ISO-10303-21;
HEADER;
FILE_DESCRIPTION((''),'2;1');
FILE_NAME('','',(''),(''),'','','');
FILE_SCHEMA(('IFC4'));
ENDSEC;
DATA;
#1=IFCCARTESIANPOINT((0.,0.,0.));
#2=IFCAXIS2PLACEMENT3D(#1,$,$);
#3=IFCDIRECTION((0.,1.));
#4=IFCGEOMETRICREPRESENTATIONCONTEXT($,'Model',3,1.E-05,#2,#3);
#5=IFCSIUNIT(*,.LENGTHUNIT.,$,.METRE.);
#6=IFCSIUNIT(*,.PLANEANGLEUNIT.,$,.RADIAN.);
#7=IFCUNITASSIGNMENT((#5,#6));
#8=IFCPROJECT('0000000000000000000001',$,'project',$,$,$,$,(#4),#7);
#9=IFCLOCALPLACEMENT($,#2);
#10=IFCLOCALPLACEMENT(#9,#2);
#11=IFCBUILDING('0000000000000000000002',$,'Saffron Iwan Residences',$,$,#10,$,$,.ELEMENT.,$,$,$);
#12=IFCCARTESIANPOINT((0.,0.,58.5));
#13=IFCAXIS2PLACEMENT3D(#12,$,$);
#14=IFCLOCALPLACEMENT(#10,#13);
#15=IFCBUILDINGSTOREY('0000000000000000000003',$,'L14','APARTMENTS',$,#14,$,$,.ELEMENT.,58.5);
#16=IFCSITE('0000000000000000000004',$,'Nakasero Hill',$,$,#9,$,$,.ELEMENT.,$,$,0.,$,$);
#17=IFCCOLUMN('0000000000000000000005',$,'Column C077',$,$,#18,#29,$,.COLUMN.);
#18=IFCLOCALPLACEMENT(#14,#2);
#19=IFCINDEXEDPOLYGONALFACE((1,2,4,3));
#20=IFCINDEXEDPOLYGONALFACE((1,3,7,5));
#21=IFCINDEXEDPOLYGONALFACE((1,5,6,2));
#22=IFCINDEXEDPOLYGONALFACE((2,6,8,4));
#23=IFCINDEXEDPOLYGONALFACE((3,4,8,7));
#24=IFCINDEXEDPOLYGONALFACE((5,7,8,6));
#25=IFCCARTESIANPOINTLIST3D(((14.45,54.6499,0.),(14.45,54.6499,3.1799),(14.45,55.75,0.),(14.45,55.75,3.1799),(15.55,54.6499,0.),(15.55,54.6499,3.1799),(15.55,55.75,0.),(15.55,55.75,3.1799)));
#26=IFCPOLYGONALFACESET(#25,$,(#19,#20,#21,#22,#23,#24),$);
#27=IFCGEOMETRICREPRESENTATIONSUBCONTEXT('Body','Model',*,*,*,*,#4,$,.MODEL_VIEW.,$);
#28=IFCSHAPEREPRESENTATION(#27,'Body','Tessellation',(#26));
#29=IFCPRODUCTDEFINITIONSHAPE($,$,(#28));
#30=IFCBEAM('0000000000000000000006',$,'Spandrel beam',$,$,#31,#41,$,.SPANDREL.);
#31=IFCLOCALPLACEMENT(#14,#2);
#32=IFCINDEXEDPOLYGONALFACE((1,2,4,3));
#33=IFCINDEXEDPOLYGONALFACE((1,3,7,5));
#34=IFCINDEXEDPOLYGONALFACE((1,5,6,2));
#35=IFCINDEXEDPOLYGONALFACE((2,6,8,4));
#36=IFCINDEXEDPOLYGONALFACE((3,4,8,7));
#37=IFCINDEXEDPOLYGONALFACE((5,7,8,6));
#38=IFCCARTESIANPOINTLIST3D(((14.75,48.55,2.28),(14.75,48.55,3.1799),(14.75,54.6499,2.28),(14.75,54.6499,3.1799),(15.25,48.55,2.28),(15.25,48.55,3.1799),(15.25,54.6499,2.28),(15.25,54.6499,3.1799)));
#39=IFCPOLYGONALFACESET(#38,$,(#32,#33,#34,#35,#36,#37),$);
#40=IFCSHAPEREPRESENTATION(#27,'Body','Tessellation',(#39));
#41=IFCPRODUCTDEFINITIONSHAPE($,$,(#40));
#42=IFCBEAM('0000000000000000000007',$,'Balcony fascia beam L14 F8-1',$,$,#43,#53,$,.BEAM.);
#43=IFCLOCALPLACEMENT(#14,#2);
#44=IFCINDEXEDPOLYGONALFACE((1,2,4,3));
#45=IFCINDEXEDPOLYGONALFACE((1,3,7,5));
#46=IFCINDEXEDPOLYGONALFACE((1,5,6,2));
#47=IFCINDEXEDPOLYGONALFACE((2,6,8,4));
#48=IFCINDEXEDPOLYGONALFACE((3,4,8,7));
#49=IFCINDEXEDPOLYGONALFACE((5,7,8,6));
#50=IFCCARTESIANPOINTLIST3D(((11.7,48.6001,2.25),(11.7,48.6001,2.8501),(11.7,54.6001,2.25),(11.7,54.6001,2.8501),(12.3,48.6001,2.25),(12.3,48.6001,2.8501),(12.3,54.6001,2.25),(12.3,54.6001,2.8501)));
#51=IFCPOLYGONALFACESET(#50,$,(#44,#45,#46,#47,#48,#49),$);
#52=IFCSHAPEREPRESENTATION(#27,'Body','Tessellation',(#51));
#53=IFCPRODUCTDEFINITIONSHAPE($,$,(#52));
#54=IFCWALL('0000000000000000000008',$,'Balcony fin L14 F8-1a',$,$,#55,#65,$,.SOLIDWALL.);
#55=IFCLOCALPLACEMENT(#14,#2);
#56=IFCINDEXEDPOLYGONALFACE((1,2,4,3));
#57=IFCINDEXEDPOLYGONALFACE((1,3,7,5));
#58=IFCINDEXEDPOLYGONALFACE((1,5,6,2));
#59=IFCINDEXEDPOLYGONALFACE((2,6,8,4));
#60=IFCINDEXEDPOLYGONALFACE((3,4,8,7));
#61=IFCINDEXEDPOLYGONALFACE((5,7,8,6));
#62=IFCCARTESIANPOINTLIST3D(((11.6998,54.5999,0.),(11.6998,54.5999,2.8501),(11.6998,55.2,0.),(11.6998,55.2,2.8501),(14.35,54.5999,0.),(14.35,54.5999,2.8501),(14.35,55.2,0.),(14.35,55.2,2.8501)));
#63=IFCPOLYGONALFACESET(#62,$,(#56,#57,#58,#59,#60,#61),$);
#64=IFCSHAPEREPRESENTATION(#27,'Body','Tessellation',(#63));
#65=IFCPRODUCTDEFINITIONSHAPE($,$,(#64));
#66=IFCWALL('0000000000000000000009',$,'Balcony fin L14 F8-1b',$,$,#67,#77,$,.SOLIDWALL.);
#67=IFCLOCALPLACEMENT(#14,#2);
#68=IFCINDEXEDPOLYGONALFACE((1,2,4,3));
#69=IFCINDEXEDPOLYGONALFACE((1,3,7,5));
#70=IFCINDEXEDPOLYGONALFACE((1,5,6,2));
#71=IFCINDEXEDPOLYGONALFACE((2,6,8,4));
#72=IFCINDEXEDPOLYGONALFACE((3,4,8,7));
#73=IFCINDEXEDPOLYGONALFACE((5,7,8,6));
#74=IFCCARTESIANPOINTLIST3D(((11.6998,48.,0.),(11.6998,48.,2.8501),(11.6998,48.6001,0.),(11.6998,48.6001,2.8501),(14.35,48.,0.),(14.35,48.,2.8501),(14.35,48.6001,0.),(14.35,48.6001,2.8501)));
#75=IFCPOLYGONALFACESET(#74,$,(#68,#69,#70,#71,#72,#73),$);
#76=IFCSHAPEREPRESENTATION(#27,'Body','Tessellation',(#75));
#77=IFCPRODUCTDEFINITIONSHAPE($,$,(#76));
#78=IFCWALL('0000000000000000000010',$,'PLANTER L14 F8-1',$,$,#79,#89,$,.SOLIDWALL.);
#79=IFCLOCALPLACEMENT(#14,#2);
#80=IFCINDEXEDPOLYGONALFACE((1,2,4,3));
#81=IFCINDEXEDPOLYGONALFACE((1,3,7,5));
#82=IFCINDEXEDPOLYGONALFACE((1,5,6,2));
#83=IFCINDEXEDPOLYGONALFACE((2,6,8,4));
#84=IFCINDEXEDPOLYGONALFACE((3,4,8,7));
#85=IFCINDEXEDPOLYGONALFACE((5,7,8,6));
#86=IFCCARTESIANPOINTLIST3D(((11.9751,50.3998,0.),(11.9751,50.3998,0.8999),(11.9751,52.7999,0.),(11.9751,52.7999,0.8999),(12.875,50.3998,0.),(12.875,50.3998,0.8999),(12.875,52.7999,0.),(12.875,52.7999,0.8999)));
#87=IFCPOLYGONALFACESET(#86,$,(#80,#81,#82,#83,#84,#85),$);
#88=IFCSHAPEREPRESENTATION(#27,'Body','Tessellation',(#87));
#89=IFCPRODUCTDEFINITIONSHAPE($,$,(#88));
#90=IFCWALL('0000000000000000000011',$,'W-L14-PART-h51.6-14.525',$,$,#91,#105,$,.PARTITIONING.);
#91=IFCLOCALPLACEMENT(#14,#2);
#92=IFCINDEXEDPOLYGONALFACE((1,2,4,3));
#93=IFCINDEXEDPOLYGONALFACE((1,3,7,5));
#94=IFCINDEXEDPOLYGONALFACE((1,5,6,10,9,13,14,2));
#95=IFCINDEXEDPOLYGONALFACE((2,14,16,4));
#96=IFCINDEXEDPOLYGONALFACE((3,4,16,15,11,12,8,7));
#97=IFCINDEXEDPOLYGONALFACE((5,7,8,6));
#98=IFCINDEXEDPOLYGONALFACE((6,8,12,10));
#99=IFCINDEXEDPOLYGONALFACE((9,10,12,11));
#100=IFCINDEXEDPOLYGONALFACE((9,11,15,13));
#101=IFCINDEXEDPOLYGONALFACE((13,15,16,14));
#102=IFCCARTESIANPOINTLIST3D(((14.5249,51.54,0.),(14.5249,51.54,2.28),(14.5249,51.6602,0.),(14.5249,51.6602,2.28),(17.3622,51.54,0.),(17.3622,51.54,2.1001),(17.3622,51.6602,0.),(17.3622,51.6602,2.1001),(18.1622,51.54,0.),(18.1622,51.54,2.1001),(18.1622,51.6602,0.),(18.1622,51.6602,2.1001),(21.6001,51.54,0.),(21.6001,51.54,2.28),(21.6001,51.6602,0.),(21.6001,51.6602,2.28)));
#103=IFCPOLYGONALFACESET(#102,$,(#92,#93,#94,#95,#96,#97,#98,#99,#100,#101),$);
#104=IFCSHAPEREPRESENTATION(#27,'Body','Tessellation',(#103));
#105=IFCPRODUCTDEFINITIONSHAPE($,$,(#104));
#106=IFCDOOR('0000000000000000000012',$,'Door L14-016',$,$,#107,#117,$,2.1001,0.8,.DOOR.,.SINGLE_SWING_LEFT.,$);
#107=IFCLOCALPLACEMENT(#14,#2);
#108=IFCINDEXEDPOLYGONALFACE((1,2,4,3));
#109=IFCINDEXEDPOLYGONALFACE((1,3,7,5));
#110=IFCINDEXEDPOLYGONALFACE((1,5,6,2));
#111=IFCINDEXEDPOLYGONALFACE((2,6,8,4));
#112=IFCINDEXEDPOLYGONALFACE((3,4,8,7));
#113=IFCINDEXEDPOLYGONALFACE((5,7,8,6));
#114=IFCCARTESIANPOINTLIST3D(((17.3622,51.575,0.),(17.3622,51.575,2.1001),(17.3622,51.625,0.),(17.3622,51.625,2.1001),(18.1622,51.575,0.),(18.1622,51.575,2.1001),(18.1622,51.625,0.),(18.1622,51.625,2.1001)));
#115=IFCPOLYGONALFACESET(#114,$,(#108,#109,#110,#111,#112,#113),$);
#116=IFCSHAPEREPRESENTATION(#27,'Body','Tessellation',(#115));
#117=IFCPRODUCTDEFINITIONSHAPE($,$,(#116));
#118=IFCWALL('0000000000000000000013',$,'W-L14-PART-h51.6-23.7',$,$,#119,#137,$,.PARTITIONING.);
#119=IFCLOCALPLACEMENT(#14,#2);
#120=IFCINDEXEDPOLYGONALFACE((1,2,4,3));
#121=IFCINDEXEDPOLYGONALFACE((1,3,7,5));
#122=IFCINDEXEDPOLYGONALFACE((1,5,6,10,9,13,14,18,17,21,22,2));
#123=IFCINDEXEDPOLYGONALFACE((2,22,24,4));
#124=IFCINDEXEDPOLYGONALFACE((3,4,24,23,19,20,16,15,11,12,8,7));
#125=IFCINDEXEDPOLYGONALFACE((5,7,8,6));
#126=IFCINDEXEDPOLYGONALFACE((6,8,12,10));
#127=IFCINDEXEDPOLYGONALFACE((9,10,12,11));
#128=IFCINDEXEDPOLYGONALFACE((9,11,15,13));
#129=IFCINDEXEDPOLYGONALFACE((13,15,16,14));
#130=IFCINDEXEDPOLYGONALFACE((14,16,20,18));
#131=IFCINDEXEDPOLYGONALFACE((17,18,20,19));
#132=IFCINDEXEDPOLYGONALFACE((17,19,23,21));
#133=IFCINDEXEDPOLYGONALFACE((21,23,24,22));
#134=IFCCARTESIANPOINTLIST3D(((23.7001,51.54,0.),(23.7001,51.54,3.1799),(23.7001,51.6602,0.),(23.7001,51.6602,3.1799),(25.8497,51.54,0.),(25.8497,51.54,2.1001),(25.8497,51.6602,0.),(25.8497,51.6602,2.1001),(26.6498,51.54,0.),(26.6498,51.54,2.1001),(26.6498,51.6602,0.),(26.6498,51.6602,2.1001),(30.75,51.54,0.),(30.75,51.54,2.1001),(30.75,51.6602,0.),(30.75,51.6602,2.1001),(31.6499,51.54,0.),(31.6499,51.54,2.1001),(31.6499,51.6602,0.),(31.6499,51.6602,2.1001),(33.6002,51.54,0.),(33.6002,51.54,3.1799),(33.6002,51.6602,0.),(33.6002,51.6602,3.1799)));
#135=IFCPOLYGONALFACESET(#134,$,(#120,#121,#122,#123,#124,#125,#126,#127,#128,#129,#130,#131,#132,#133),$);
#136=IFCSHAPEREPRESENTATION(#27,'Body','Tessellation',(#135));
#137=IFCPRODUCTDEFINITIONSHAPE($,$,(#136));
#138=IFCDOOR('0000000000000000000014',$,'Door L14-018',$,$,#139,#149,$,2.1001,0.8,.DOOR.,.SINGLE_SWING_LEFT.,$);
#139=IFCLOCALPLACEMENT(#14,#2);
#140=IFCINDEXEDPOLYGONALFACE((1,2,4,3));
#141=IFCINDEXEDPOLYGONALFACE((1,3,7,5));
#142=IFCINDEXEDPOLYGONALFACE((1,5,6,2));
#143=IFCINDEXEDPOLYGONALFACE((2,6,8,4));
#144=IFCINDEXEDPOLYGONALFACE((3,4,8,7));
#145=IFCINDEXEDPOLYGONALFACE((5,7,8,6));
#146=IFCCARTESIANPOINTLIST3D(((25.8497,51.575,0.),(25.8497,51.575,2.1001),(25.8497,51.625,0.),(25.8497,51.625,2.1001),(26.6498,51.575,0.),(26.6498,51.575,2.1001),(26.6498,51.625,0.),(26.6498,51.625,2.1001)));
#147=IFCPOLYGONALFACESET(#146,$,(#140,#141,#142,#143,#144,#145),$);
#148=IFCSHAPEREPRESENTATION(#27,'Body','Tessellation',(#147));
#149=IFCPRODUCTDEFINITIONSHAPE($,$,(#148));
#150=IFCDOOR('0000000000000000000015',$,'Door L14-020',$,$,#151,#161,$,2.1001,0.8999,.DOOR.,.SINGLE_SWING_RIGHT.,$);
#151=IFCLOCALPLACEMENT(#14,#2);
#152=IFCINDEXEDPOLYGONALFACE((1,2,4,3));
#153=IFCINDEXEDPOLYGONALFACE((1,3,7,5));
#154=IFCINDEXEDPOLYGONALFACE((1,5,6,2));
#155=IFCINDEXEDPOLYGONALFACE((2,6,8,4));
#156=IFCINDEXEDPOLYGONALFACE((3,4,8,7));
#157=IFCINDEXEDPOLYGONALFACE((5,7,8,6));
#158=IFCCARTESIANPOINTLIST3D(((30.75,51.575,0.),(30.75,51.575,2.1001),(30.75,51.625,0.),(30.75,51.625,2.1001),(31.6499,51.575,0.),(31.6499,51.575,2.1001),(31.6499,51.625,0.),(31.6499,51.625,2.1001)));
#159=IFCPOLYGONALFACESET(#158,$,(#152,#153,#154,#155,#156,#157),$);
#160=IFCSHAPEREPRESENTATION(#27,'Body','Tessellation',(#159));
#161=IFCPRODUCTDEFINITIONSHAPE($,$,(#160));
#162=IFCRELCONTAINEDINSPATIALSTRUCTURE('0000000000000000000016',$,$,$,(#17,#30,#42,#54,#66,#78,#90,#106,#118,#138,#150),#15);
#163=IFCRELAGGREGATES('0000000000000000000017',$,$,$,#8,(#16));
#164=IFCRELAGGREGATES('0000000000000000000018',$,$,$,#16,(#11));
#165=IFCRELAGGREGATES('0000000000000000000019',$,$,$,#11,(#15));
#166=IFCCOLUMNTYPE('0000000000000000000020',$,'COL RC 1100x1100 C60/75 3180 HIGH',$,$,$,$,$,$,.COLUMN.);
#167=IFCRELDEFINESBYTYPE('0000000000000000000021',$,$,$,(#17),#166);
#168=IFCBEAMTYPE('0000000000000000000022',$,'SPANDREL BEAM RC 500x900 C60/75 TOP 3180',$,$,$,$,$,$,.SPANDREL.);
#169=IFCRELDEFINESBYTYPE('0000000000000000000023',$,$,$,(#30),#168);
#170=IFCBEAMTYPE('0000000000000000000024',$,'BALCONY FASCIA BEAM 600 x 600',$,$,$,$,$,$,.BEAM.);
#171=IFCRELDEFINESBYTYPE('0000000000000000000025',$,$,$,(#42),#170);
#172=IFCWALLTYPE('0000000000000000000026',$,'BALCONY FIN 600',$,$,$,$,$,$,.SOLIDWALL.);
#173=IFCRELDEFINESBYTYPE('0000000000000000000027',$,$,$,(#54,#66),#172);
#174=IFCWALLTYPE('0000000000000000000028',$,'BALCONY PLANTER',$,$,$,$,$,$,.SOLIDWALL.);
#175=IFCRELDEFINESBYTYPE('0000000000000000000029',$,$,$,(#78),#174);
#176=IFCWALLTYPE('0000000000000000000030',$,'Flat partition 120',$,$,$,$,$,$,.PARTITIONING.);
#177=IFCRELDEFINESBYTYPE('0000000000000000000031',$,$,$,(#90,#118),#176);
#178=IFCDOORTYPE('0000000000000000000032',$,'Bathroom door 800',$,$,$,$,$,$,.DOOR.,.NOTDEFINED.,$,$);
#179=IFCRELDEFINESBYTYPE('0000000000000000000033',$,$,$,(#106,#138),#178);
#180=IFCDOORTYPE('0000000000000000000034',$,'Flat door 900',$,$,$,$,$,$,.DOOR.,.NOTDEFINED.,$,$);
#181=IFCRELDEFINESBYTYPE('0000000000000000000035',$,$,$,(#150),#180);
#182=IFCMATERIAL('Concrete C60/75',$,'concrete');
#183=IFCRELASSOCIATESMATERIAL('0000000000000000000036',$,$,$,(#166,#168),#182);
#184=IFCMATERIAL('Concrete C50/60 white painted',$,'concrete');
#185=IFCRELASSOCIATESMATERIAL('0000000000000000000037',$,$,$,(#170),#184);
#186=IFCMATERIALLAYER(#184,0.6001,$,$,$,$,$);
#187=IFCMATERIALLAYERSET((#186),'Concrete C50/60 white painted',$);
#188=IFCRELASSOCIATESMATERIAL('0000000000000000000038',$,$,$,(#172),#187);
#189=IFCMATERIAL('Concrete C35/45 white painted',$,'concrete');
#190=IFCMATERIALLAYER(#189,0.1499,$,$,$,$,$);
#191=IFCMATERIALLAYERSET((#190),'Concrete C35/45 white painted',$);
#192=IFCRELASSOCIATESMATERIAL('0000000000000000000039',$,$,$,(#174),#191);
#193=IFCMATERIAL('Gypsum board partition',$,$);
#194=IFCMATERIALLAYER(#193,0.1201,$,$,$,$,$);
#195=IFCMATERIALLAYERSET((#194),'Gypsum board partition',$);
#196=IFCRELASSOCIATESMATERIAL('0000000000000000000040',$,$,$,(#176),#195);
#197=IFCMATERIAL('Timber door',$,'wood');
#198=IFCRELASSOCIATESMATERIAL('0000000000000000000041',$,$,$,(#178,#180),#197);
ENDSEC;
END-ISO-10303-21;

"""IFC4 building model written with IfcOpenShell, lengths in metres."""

from ifc_helpers import new_model, si_unit, direction, frame, frame_2d, origin, origin_2d, place, context, subcontext, project, spatial, rectangle, extrude, source, transform, mapped, material, layer, layer_set, material_profile, profile_set, type_object, element, fill, save


model = new_model("IFC4")

# Units and contexts
model_context = context("Model", 3, precision=1e-05, world=origin(), true_north=direction((0.0, 1.0)))
body_context = subcontext(model_context, "Body", "Model", "MODEL_VIEW")
ifc_project = project(units=[si_unit("LENGTHUNIT", "METRE"), si_unit("PLANEANGLEUNIT", "RADIAN")], contexts=[model_context])

# Site, building, storey
site_placement = place(None, origin())
site = spatial("IfcSite", under=ifc_project, at=site_placement, Name="Nakasero Hill", CompositionType="ELEMENT", RefElevation=0.0)
building_placement = place(site_placement, origin())
building = spatial("IfcBuilding", under=site, at=building_placement, Name="Saffron Iwan Residences", CompositionType="ELEMENT")
storey_placement = place(building_placement, frame((0.0, 0.0, 58.5)))
storey = spatial("IfcBuildingStorey", under=building, at=storey_placement, Name="L14", Description="APARTMENTS", CompositionType="ELEMENT", Elevation=58.5)

# Column
ifc_material_1 = material(Name="Concrete C60/75", Category="concrete")
ifc_material_profile_1 = material_profile(ifc_material_1, rectangle(XDim=1.1001, YDim=1.1001, at=origin_2d()), Name="RC 1100x1100")
ifc_profile_set_1 = profile_set([ifc_material_profile_1], Name="Concrete C60/75")
column_type = type_object("IfcColumnType", Name="COL RC 1100x1100 C60/75 3180 HIGH", PredefinedType="COLUMN", material=ifc_profile_set_1)
shared_shape_1 = source(origin(), body_context, "Body", "SweptSolid", [
    extrude(rectangle(XDim=1.1001, YDim=1.1001, at=origin_2d()), origin(), (0.0, 0.0, 1.0), 3.1799),
])
column_placement = place(storey_placement, frame((15.0, 55.2, 0.0), z_axis=(0.0, 0.0, 1.0), x_axis=(1.0, 0.0, 0.0)))
element("IfcColumn", 1, at=column_placement, inside=storey, type_object=column_type, Name="Column C077", PredefinedType="COLUMN", context=body_context, shape_type="MappedRepresentation", body=[
    mapped(shared_shape_1, transform((0.0, 0.0, 0.0))),
])

# Beams
ifc_material_profile_2 = material_profile(ifc_material_1, rectangle(XDim=0.5, YDim=0.8999, at=origin_2d()), Name="RC 500x900")
ifc_profile_set_2 = profile_set([ifc_material_profile_2], Name="Concrete C60/75")
beam_type_1 = type_object("IfcBeamType", Name="SPANDREL BEAM RC 500x900 C60/75 TOP 3180", PredefinedType="SPANDREL", material=ifc_profile_set_2)
shared_shape_2 = source(origin(), body_context, "Body", "SweptSolid", [
    extrude(rectangle(XDim=0.5, YDim=0.8999, at=origin_2d()), origin(), (0.0, 0.0, 1.0), 6.0999),
])
beam_1_placement = place(storey_placement, frame((15.0, 48.55, 2.73), z_axis=(0.0, 1.0, 0.0), x_axis=(-1.0, 0.0, 0.0)))
element("IfcBeam", 2, at=beam_1_placement, inside=storey, type_object=beam_type_1, Name="Spandrel beam", PredefinedType="SPANDREL", context=body_context, shape_type="MappedRepresentation", body=[
    mapped(shared_shape_2, transform((0.0, 0.0, 0.0))),
])
ifc_material_2 = material(Name="Concrete C50/60 white painted", Category="concrete")
ifc_material_profile_3 = material_profile(ifc_material_2, rectangle(XDim=0.6001, YDim=0.6001, at=origin_2d()), Name="BALCONY FASCIA BEAM 600 x 600")
ifc_profile_set_3 = profile_set([ifc_material_profile_3], Name="Concrete C50/60 white painted")
beam_type_2 = type_object("IfcBeamType", Name="BALCONY FASCIA BEAM 600 x 600", PredefinedType="BEAM", material=ifc_profile_set_3)
shared_shape_3 = source(origin(), body_context, "Body", "SweptSolid", [
    extrude(rectangle(XDim=0.6001, YDim=0.6001, at=origin_2d()), origin(), (0.0, 0.0, 1.0), 6.0),
])
beam_2_placement = place(storey_placement, frame((12.0, 54.6001, 2.55), z_axis=(0.0, -1.0, 0.0), x_axis=(1.0, 0.0, 0.0)))
element("IfcBeam", 3, at=beam_2_placement, inside=storey, type_object=beam_type_2, Name="Balcony fascia beam L14 F8-1", PredefinedType="BEAM", context=body_context, shape_type="MappedRepresentation", body=[
    mapped(shared_shape_3, transform((0.0, 0.0, 0.0))),
])

# Walls
ifc_layer_1 = layer(ifc_material_2, 0.6001)
ifc_layer_set_1 = layer_set([ifc_layer_1], Name="Concrete C50/60 white painted")
wall_type_1 = type_object("IfcWallType", Name="BALCONY FIN 600", PredefinedType="SOLIDWALL", material=ifc_layer_set_1)
for number, where, z_axis, x_axis, name in (
    (4, (14.3501, 54.8999, 0.0), (0.0, 0.0, 1.0), (-1.0, 0.0, 0.0), "Balcony fin L14 F8-1a"),
    (5, (14.3501, 48.3, 0.0), (0.0, 0.0, 1.0), (-1.0, 0.0, 0.0), "Balcony fin L14 F8-1b"),
):
    element("IfcWall", number, at=place(storey_placement, frame(where, z_axis=z_axis, x_axis=x_axis)), inside=storey, type_object=wall_type_1, Name=name, PredefinedType="SOLIDWALL", context=body_context, shape_type="SweptSolid", body=[
        extrude(rectangle(XDim=2.6501, YDim=0.6001, at=frame_2d((1.3252, 0.0))), origin(), (0.0, 0.0, 1.0), 2.8501),
    ])
ifc_material_3 = material(Name="Concrete C35/45 white painted", Category="concrete")
ifc_layer_2 = layer(ifc_material_3, 0.1499)
ifc_layer_set_2 = layer_set([ifc_layer_2], Name="Concrete C35/45 white painted")
wall_type_2 = type_object("IfcWallType", Name="BALCONY PLANTER", PredefinedType="SOLIDWALL", material=ifc_layer_set_2)
wall_1_placement = place(storey_placement, frame((12.425, 52.8, 0.0), z_axis=(0.0, 0.0, 1.0), x_axis=(0.0, -1.0, 0.0)))
element("IfcWall", 6, at=wall_1_placement, inside=storey, type_object=wall_type_2, Name="PLANTER L14 F8-1", PredefinedType="SOLIDWALL", context=body_context, shape_type="SweptSolid", body=[
    extrude(rectangle(XDim=2.4001, YDim=0.8999, at=frame_2d((1.2002, 0.0))), origin(), (0.0, 0.0, 1.0), 0.8999),
])

# Wall, opening, door
ifc_material_4 = material(Name="Gypsum board partition")
ifc_layer_3 = layer(ifc_material_4, 0.1201)
ifc_layer_set_3 = layer_set([ifc_layer_3], Name="Gypsum board partition")
wall_type_3 = type_object("IfcWallType", Name="Flat partition 120", PredefinedType="PARTITIONING", material=ifc_layer_set_3)
wall_2_placement = place(storey_placement, frame((14.5249, 51.6001, 0.0), z_axis=(0.0, 0.0, 1.0), x_axis=(1.0, 0.0, 0.0)))
wall_2 = element("IfcWall", 7, at=wall_2_placement, inside=storey, type_object=wall_type_3, Name="W-L14-PART-h51.6-14.525", PredefinedType="PARTITIONING", context=body_context, shape_type="SweptSolid", body=[
    extrude(rectangle(XDim=7.0752, YDim=0.1201, at=frame_2d((3.5376, 0.0))), origin(), (0.0, 0.0, 1.0), 2.28),
])
opening_1_placement = place(wall_2_placement, frame((2.8374, 0.0, 0.0)))
opening_1 = element("IfcOpeningElement", 8, at=opening_1_placement, cuts=wall_2, PredefinedType="OPENING", context=body_context, shape_type="SweptSolid", body=[
    extrude(rectangle(XDim=0.8, YDim=2.1001, at=frame_2d((0.3999, 1.05))), frame((0.0, 0.0701, 0.0), z_axis=(0.0, -1.0, 0.0), x_axis=(1.0, 0.0, 0.0)), (0.0, 0.0, 1.0), 0.1401),
])
ifc_material_5 = material(Name="Timber door", Category="wood")
door_type_1 = type_object("IfcDoorType", Name="Bathroom door 800", OperationType="NOTDEFINED", PredefinedType="DOOR", material=ifc_material_5)
door_1_placement = place(opening_1_placement, origin())
door_1 = element("IfcDoor", 9, at=door_1_placement, inside=storey, type_object=door_type_1, Name="Door L14-016", OperationType="SINGLE_SWING_LEFT", OverallHeight=2.1001, OverallWidth=0.8, PredefinedType="DOOR", context=body_context, shape_type="SweptSolid", body=[
    extrude(rectangle(XDim=0.8, YDim=2.1001, at=frame_2d((0.3999, 1.05))), frame((0.0, 0.0249, 0.0), z_axis=(0.0, -1.0, 0.0), x_axis=(1.0, 0.0, 0.0)), (0.0, 0.0, 1.0), 0.05),
])
fill(opening_1, door_1)

# Wall, openings, doors
wall_3_placement = place(storey_placement, frame((23.7, 51.6001, 0.0), z_axis=(0.0, 0.0, 1.0), x_axis=(1.0, 0.0, 0.0)))
wall_3 = element("IfcWall", 10, at=wall_3_placement, inside=storey, type_object=wall_type_3, Name="W-L14-PART-h51.6-23.7", PredefinedType="PARTITIONING", context=body_context, shape_type="SweptSolid", body=[
    extrude(rectangle(XDim=9.9001, YDim=0.1201, at=frame_2d((4.9502, 0.0))), origin(), (0.0, 0.0, 1.0), 3.1799),
])
opening_2_placement = place(wall_3_placement, frame((2.1499, 0.0, 0.0)))
opening_2 = element("IfcOpeningElement", 11, at=opening_2_placement, cuts=wall_3, PredefinedType="OPENING", context=body_context, shape_type="SweptSolid", body=[
    extrude(rectangle(XDim=0.8, YDim=2.1001, at=frame_2d((0.3999, 1.05))), frame((0.0, 0.0701, 0.0), z_axis=(0.0, -1.0, 0.0), x_axis=(1.0, 0.0, 0.0)), (0.0, 0.0, 1.0), 0.1401),
])
opening_3_placement = place(wall_3_placement, frame((7.05, 0.0, 0.0)))
opening_3 = element("IfcOpeningElement", 12, at=opening_3_placement, cuts=wall_3, PredefinedType="OPENING", context=body_context, shape_type="SweptSolid", body=[
    extrude(rectangle(XDim=0.8999, YDim=2.1001, at=frame_2d((0.45, 1.05))), frame((0.0, 0.0701, 0.0), z_axis=(0.0, -1.0, 0.0), x_axis=(1.0, 0.0, 0.0)), (0.0, 0.0, 1.0), 0.1401),
])
door_2_placement = place(opening_2_placement, origin())
door_2 = element("IfcDoor", 13, at=door_2_placement, inside=storey, type_object=door_type_1, Name="Door L14-018", OperationType="SINGLE_SWING_LEFT", OverallHeight=2.1001, OverallWidth=0.8, PredefinedType="DOOR", context=body_context, shape_type="SweptSolid", body=[
    extrude(rectangle(XDim=0.8, YDim=2.1001, at=frame_2d((0.3999, 1.05))), frame((0.0, 0.0249, 0.0), z_axis=(0.0, -1.0, 0.0), x_axis=(1.0, 0.0, 0.0)), (0.0, 0.0, 1.0), 0.05),
])
fill(opening_2, door_2)
door_type_2 = type_object("IfcDoorType", Name="Flat door 900", OperationType="NOTDEFINED", PredefinedType="DOOR", material=ifc_material_5)
door_3_placement = place(opening_3_placement, origin())
door_3 = element("IfcDoor", 14, at=door_3_placement, inside=storey, type_object=door_type_2, Name="Door L14-020", OperationType="SINGLE_SWING_RIGHT", OverallHeight=2.1001, OverallWidth=0.8999, PredefinedType="DOOR", context=body_context, shape_type="SweptSolid", body=[
    extrude(rectangle(XDim=0.8999, YDim=2.1001, at=frame_2d((0.45, 1.05))), frame((0.0, 0.0249, 0.0), z_axis=(0.0, -1.0, 0.0), x_axis=(1.0, 0.0, 0.0)), (0.0, 0.0, 1.0), 0.05),
])
fill(opening_3, door_3)

save(model, "model.ifc")
